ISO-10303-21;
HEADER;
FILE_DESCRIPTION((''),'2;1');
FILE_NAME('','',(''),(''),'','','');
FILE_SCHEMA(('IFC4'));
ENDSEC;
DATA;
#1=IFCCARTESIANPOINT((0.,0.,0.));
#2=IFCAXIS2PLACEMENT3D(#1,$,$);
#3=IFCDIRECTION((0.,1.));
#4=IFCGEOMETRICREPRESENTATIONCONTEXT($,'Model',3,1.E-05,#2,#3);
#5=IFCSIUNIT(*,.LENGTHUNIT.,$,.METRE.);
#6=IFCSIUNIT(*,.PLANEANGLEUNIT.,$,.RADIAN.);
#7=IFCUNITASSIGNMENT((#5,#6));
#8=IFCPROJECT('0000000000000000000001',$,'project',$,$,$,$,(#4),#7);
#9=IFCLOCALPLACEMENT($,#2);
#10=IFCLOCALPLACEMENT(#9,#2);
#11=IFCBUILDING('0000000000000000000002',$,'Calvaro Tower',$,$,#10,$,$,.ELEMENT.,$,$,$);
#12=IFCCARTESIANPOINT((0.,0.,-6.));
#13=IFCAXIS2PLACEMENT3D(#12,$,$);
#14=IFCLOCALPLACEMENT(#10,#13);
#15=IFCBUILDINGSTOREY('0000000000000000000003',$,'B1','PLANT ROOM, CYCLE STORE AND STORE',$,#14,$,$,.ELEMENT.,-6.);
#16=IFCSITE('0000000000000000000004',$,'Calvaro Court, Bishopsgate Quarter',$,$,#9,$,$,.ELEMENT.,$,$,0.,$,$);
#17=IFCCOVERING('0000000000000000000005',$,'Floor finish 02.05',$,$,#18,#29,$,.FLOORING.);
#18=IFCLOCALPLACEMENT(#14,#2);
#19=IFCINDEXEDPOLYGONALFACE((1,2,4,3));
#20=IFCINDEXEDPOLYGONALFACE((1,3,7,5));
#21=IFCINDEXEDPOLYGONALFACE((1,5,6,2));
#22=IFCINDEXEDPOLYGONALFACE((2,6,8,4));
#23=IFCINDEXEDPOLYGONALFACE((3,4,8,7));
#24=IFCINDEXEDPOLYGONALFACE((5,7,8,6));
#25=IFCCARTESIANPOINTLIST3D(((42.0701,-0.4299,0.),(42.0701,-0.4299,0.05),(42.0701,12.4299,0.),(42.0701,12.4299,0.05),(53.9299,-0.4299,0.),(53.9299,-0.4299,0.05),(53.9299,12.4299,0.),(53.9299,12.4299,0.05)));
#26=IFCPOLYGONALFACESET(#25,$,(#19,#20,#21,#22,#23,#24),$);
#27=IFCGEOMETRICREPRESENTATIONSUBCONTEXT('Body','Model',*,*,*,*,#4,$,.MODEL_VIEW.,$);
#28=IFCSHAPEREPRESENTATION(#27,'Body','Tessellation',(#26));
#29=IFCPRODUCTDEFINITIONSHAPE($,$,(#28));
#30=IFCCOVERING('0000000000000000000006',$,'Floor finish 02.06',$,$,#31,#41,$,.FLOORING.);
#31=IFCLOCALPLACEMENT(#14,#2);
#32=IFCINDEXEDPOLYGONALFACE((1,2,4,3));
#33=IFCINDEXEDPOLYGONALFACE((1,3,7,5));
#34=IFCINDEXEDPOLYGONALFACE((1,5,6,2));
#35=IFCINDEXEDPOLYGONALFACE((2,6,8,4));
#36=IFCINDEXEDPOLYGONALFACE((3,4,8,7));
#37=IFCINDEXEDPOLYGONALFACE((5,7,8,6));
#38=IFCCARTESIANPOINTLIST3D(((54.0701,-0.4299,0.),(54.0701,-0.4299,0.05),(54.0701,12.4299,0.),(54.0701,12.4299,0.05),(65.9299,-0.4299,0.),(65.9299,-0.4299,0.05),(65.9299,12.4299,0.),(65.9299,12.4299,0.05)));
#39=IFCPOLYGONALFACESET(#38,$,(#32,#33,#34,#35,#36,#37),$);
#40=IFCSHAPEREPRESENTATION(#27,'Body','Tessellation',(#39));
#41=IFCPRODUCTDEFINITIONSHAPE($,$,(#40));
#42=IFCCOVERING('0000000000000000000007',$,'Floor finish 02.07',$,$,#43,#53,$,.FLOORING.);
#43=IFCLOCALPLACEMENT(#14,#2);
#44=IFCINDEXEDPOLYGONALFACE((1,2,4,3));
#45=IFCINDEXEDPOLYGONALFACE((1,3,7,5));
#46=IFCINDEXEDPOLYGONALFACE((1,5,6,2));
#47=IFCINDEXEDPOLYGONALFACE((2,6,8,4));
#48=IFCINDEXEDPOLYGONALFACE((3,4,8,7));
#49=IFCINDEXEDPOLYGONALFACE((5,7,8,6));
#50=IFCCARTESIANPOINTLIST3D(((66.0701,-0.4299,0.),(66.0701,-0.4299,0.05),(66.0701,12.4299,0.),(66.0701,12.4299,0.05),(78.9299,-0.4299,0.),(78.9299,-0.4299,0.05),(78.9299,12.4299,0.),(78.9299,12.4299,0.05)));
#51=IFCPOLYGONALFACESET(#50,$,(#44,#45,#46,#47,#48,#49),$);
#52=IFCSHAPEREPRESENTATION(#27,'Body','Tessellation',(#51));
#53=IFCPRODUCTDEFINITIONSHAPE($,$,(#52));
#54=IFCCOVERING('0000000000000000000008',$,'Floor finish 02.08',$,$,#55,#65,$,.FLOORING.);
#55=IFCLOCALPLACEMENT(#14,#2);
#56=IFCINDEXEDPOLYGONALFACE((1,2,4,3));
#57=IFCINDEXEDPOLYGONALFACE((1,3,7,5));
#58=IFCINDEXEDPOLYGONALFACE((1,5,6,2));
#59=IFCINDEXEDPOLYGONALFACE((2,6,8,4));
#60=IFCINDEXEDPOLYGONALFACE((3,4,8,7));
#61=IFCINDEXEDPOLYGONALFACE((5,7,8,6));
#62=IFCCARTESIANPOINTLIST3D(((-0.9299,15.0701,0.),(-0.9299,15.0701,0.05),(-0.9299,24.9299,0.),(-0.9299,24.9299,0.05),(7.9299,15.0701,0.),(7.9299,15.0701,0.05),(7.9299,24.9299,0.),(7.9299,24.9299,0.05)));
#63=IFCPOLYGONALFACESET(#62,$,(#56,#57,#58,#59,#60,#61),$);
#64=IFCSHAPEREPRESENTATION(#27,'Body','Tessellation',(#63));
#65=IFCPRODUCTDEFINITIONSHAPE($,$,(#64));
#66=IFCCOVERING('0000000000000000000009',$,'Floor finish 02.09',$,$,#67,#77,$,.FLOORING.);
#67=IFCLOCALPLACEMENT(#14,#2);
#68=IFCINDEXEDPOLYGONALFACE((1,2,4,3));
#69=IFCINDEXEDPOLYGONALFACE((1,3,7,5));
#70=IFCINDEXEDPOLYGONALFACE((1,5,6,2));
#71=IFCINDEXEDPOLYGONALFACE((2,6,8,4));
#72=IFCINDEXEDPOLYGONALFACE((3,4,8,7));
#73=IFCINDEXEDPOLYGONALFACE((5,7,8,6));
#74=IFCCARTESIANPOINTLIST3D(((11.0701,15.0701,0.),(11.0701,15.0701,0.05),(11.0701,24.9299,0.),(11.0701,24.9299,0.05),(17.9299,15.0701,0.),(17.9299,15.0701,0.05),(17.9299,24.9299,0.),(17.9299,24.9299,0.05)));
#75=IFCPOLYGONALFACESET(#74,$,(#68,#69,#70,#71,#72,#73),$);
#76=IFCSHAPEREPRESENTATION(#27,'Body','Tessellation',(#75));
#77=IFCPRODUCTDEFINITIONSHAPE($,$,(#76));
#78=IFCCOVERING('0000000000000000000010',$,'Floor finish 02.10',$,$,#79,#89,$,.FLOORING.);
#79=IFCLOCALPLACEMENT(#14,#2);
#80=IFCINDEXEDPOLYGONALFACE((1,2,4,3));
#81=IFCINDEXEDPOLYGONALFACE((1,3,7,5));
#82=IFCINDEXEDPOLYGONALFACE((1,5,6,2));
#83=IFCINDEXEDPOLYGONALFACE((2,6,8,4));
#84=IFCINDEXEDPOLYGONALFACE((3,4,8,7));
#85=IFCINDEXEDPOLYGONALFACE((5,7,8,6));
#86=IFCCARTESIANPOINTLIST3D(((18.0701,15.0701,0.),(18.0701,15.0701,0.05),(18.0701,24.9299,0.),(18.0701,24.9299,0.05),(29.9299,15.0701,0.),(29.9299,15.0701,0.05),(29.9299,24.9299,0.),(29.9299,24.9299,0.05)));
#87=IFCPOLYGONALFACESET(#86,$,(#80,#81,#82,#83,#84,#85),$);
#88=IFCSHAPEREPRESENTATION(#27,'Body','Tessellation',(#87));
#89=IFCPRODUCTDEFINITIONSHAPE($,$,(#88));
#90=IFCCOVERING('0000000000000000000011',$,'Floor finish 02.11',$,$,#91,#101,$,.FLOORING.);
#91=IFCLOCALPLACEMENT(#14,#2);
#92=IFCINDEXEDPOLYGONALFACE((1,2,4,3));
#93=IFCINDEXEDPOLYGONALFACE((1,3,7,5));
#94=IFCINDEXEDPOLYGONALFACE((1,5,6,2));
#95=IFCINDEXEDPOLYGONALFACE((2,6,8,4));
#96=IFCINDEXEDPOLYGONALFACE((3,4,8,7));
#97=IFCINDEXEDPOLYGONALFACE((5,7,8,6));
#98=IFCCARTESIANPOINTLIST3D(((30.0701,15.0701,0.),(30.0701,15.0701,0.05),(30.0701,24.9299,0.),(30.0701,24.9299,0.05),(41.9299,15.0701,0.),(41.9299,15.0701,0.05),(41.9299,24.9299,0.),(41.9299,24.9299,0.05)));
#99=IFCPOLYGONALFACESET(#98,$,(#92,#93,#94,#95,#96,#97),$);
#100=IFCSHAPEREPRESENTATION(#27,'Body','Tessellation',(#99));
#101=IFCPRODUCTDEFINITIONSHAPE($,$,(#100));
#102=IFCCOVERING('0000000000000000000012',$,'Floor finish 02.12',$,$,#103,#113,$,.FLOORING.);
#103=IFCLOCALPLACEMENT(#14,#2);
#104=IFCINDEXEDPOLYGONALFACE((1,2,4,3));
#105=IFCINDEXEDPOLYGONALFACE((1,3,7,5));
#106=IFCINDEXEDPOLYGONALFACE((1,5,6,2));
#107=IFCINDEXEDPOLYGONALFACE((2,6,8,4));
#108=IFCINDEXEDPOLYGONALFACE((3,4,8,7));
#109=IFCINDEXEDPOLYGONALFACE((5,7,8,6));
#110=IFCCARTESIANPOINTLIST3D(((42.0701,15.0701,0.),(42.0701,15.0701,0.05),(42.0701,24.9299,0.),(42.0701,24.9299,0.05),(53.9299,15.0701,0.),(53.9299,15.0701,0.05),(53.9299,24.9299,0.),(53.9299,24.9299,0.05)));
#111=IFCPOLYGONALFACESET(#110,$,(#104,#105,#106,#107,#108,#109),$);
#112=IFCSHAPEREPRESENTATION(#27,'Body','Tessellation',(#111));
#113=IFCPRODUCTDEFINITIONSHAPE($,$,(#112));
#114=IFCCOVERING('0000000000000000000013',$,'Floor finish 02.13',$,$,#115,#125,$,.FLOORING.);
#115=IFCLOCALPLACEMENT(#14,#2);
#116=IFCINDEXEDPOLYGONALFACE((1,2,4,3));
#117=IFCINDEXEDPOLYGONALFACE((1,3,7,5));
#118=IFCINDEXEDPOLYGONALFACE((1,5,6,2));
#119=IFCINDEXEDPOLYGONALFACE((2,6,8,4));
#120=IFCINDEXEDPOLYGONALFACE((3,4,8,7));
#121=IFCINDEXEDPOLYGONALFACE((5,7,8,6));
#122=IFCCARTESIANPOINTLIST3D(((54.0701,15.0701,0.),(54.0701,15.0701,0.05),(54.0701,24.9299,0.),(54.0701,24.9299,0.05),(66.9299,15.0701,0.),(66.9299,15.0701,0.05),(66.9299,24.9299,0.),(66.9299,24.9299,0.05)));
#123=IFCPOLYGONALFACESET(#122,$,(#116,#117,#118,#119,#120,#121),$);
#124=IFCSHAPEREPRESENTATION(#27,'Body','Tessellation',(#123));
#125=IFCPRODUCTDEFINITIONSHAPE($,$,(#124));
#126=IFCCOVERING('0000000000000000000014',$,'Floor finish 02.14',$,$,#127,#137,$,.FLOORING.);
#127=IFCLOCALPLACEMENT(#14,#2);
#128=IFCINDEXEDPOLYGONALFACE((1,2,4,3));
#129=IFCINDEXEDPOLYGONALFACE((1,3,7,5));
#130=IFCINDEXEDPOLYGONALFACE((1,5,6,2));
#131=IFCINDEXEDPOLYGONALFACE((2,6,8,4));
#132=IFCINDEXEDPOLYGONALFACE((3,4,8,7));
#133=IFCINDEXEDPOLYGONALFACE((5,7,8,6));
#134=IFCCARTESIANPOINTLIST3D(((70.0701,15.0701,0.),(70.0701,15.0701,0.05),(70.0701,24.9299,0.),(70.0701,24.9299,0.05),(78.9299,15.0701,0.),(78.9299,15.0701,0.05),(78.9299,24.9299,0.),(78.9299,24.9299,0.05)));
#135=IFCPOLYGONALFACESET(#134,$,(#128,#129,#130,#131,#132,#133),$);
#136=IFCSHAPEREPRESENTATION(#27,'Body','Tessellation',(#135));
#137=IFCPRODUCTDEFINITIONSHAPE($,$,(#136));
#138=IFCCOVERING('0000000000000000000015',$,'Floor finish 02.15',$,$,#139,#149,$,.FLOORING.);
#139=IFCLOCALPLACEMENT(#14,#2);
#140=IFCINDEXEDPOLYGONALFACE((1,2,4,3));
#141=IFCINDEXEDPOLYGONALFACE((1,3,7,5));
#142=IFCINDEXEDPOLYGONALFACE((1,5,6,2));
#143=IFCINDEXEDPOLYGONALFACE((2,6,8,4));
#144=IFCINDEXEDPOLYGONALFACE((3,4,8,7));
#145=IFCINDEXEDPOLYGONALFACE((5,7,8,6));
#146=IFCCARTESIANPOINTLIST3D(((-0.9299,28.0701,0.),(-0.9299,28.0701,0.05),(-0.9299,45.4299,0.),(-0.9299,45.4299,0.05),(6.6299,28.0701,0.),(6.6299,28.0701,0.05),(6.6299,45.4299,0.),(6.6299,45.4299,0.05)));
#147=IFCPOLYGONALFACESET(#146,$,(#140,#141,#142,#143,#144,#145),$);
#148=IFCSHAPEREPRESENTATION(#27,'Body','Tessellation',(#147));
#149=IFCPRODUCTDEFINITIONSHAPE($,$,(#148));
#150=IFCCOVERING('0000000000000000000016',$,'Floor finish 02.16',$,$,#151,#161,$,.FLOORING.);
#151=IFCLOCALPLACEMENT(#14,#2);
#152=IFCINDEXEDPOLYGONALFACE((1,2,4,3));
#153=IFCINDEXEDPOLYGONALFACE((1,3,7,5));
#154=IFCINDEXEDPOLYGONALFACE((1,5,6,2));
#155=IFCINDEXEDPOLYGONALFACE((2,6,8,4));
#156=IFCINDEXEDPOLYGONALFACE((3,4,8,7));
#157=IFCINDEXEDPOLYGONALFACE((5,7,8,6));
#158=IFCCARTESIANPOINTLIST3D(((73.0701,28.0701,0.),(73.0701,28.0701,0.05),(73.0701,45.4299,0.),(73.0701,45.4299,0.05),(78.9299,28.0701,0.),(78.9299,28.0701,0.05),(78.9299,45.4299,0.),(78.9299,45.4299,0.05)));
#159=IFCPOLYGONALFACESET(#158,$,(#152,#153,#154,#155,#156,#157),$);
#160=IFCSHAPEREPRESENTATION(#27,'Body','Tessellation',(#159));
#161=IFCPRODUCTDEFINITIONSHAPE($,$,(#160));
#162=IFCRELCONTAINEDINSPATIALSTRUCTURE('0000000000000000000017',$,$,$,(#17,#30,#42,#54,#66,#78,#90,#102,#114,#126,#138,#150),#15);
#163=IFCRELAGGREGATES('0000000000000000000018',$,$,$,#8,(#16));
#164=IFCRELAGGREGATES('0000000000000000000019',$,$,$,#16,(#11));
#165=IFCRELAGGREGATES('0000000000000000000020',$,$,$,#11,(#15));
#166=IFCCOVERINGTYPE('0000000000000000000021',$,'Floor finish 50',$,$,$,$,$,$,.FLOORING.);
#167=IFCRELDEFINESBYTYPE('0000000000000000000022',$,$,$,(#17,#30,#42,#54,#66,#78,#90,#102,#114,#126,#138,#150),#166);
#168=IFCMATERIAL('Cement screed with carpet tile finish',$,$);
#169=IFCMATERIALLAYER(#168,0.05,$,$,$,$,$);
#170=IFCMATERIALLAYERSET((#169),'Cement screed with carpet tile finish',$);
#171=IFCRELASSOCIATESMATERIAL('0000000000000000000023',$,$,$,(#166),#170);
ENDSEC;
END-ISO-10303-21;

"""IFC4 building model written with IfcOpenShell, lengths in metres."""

from ifc_helpers import new_model, si_unit, direction, frame, origin, place, context, subcontext, project, spatial, polyline, outline, extrude, material, layer, layer_set, type_object, element, save


model = new_model("IFC4")

# Units and contexts
model_context = context("Model", 3, precision=1e-05, world=origin(), true_north=direction((0.0, 1.0)))
body_context = subcontext(model_context, "Body", "Model", "MODEL_VIEW")
ifc_project = project(units=[si_unit("LENGTHUNIT", "METRE"), si_unit("PLANEANGLEUNIT", "RADIAN")], contexts=[model_context])

# Site, building, storey
site_placement = place(None, origin())
site = spatial("IfcSite", under=ifc_project, at=site_placement, Name="Calvaro Court, Bishopsgate Quarter", CompositionType="ELEMENT", RefElevation=0.0)
building_placement = place(site_placement, origin())
building = spatial("IfcBuilding", under=site, at=building_placement, Name="Calvaro Tower", CompositionType="ELEMENT")
storey_placement = place(building_placement, frame((0.0, 0.0, -6.0)))
storey = spatial("IfcBuildingStorey", under=building, at=storey_placement, Name="B1", Description="PLANT ROOM, CYCLE STORE AND STORE", CompositionType="ELEMENT", Elevation=-6.0)

# Coverings
ifc_material_1 = material(Name="Cement screed with carpet tile finish")
ifc_layer_1 = layer(ifc_material_1, 0.05)
ifc_layer_set_1 = layer_set([ifc_layer_1], Name="Cement screed with carpet tile finish")
covering_type = type_object("IfcCoveringType", Name="Floor finish 50", PredefinedType="FLOORING", material=ifc_layer_set_1)
covering_1_placement = place(storey_placement, origin())
element("IfcCovering", 1, at=covering_1_placement, inside=storey, type_object=covering_type, Name="Floor finish 02.05", PredefinedType="FLOORING", context=body_context, shape_type="SweptSolid", body=[
    extrude(outline(polyline([(42.0701, 12.4299), (53.9299, 12.4299), (53.9299, -0.4299), (42.0701, -0.4299), (42.0701, 12.4299)])), origin(), (0.0, 0.0, 1.0), 0.05),
])
covering_2_placement = place(storey_placement, origin())
element("IfcCovering", 2, at=covering_2_placement, inside=storey, type_object=covering_type, Name="Floor finish 02.06", PredefinedType="FLOORING", context=body_context, shape_type="SweptSolid", body=[
    extrude(outline(polyline([(54.0701, 12.4299), (65.9299, 12.4299), (65.9299, -0.4299), (54.0701, -0.4299), (54.0701, 12.4299)])), origin(), (0.0, 0.0, 1.0), 0.05),
])
covering_3_placement = place(storey_placement, origin())
element("IfcCovering", 3, at=covering_3_placement, inside=storey, type_object=covering_type, Name="Floor finish 02.07", PredefinedType="FLOORING", context=body_context, shape_type="SweptSolid", body=[
    extrude(outline(polyline([(78.9299, -0.4299), (66.0701, -0.4299), (66.0701, 12.4299), (78.9299, 12.4299), (78.9299, -0.4299)])), origin(), (0.0, 0.0, 1.0), 0.05),
])
covering_4_placement = place(storey_placement, origin())
element("IfcCovering", 4, at=covering_4_placement, inside=storey, type_object=covering_type, Name="Floor finish 02.08", PredefinedType="FLOORING", context=body_context, shape_type="SweptSolid", body=[
    extrude(outline(polyline([(7.9299, 24.9299), (7.9299, 15.0701), (-0.9299, 15.0701), (-0.9299, 24.9299), (7.9299, 24.9299)])), origin(), (0.0, 0.0, 1.0), 0.05),
])
covering_5_placement = place(storey_placement, origin())
element("IfcCovering", 5, at=covering_5_placement, inside=storey, type_object=covering_type, Name="Floor finish 02.09", PredefinedType="FLOORING", context=body_context, shape_type="SweptSolid", body=[
    extrude(outline(polyline([(11.0701, 15.0701), (11.0701, 24.9299), (17.9299, 24.9299), (17.9299, 15.0701), (11.0701, 15.0701)])), origin(), (0.0, 0.0, 1.0), 0.05),
])
covering_6_placement = place(storey_placement, origin())
element("IfcCovering", 6, at=covering_6_placement, inside=storey, type_object=covering_type, Name="Floor finish 02.10", PredefinedType="FLOORING", context=body_context, shape_type="SweptSolid", body=[
    extrude(outline(polyline([(18.0701, 15.0701), (18.0701, 24.9299), (29.9299, 24.9299), (29.9299, 15.0701), (18.0701, 15.0701)])), origin(), (0.0, 0.0, 1.0), 0.05),
])
covering_7_placement = place(storey_placement, origin())
element("IfcCovering", 7, at=covering_7_placement, inside=storey, type_object=covering_type, Name="Floor finish 02.11", PredefinedType="FLOORING", context=body_context, shape_type="SweptSolid", body=[
    extrude(outline(polyline([(30.0701, 15.0701), (30.0701, 24.9299), (41.9299, 24.9299), (41.9299, 15.0701), (30.0701, 15.0701)])), origin(), (0.0, 0.0, 1.0), 0.05),
])
covering_8_placement = place(storey_placement, origin())
element("IfcCovering", 8, at=covering_8_placement, inside=storey, type_object=covering_type, Name="Floor finish 02.12", PredefinedType="FLOORING", context=body_context, shape_type="SweptSolid", body=[
    extrude(outline(polyline([(42.0701, 15.0701), (42.0701, 24.9299), (53.9299, 24.9299), (53.9299, 15.0701), (42.0701, 15.0701)])), origin(), (0.0, 0.0, 1.0), 0.05),
])
covering_9_placement = place(storey_placement, origin())
element("IfcCovering", 9, at=covering_9_placement, inside=storey, type_object=covering_type, Name="Floor finish 02.13", PredefinedType="FLOORING", context=body_context, shape_type="SweptSolid", body=[
    extrude(outline(polyline([(54.0701, 15.0701), (54.0701, 24.9299), (66.9299, 24.9299), (66.9299, 15.0701), (54.0701, 15.0701)])), origin(), (0.0, 0.0, 1.0), 0.05),
])
covering_10_placement = place(storey_placement, origin())
element("IfcCovering", 10, at=covering_10_placement, inside=storey, type_object=covering_type, Name="Floor finish 02.14", PredefinedType="FLOORING", context=body_context, shape_type="SweptSolid", body=[
    extrude(outline(polyline([(78.9299, 15.0701), (70.0701, 15.0701), (70.0701, 24.9299), (78.9299, 24.9299), (78.9299, 15.0701)])), origin(), (0.0, 0.0, 1.0), 0.05),
])
covering_11_placement = place(storey_placement, origin())
element("IfcCovering", 11, at=covering_11_placement, inside=storey, type_object=covering_type, Name="Floor finish 02.15", PredefinedType="FLOORING", context=body_context, shape_type="SweptSolid", body=[
    extrude(outline(polyline([(6.6299, 28.0701), (-0.9299, 28.0701), (-0.9299, 45.4299), (6.6299, 45.4299), (6.6299, 28.0701)])), origin(), (0.0, 0.0, 1.0), 0.05),
])
covering_12_placement = place(storey_placement, origin())
element("IfcCovering", 12, at=covering_12_placement, inside=storey, type_object=covering_type, Name="Floor finish 02.16", PredefinedType="FLOORING", context=body_context, shape_type="SweptSolid", body=[
    extrude(outline(polyline([(78.9299, 28.0701), (73.0701, 28.0701), (73.0701, 45.4299), (78.9299, 45.4299), (78.9299, 28.0701)])), origin(), (0.0, 0.0, 1.0), 0.05),
])

save(model, "model.ifc")
